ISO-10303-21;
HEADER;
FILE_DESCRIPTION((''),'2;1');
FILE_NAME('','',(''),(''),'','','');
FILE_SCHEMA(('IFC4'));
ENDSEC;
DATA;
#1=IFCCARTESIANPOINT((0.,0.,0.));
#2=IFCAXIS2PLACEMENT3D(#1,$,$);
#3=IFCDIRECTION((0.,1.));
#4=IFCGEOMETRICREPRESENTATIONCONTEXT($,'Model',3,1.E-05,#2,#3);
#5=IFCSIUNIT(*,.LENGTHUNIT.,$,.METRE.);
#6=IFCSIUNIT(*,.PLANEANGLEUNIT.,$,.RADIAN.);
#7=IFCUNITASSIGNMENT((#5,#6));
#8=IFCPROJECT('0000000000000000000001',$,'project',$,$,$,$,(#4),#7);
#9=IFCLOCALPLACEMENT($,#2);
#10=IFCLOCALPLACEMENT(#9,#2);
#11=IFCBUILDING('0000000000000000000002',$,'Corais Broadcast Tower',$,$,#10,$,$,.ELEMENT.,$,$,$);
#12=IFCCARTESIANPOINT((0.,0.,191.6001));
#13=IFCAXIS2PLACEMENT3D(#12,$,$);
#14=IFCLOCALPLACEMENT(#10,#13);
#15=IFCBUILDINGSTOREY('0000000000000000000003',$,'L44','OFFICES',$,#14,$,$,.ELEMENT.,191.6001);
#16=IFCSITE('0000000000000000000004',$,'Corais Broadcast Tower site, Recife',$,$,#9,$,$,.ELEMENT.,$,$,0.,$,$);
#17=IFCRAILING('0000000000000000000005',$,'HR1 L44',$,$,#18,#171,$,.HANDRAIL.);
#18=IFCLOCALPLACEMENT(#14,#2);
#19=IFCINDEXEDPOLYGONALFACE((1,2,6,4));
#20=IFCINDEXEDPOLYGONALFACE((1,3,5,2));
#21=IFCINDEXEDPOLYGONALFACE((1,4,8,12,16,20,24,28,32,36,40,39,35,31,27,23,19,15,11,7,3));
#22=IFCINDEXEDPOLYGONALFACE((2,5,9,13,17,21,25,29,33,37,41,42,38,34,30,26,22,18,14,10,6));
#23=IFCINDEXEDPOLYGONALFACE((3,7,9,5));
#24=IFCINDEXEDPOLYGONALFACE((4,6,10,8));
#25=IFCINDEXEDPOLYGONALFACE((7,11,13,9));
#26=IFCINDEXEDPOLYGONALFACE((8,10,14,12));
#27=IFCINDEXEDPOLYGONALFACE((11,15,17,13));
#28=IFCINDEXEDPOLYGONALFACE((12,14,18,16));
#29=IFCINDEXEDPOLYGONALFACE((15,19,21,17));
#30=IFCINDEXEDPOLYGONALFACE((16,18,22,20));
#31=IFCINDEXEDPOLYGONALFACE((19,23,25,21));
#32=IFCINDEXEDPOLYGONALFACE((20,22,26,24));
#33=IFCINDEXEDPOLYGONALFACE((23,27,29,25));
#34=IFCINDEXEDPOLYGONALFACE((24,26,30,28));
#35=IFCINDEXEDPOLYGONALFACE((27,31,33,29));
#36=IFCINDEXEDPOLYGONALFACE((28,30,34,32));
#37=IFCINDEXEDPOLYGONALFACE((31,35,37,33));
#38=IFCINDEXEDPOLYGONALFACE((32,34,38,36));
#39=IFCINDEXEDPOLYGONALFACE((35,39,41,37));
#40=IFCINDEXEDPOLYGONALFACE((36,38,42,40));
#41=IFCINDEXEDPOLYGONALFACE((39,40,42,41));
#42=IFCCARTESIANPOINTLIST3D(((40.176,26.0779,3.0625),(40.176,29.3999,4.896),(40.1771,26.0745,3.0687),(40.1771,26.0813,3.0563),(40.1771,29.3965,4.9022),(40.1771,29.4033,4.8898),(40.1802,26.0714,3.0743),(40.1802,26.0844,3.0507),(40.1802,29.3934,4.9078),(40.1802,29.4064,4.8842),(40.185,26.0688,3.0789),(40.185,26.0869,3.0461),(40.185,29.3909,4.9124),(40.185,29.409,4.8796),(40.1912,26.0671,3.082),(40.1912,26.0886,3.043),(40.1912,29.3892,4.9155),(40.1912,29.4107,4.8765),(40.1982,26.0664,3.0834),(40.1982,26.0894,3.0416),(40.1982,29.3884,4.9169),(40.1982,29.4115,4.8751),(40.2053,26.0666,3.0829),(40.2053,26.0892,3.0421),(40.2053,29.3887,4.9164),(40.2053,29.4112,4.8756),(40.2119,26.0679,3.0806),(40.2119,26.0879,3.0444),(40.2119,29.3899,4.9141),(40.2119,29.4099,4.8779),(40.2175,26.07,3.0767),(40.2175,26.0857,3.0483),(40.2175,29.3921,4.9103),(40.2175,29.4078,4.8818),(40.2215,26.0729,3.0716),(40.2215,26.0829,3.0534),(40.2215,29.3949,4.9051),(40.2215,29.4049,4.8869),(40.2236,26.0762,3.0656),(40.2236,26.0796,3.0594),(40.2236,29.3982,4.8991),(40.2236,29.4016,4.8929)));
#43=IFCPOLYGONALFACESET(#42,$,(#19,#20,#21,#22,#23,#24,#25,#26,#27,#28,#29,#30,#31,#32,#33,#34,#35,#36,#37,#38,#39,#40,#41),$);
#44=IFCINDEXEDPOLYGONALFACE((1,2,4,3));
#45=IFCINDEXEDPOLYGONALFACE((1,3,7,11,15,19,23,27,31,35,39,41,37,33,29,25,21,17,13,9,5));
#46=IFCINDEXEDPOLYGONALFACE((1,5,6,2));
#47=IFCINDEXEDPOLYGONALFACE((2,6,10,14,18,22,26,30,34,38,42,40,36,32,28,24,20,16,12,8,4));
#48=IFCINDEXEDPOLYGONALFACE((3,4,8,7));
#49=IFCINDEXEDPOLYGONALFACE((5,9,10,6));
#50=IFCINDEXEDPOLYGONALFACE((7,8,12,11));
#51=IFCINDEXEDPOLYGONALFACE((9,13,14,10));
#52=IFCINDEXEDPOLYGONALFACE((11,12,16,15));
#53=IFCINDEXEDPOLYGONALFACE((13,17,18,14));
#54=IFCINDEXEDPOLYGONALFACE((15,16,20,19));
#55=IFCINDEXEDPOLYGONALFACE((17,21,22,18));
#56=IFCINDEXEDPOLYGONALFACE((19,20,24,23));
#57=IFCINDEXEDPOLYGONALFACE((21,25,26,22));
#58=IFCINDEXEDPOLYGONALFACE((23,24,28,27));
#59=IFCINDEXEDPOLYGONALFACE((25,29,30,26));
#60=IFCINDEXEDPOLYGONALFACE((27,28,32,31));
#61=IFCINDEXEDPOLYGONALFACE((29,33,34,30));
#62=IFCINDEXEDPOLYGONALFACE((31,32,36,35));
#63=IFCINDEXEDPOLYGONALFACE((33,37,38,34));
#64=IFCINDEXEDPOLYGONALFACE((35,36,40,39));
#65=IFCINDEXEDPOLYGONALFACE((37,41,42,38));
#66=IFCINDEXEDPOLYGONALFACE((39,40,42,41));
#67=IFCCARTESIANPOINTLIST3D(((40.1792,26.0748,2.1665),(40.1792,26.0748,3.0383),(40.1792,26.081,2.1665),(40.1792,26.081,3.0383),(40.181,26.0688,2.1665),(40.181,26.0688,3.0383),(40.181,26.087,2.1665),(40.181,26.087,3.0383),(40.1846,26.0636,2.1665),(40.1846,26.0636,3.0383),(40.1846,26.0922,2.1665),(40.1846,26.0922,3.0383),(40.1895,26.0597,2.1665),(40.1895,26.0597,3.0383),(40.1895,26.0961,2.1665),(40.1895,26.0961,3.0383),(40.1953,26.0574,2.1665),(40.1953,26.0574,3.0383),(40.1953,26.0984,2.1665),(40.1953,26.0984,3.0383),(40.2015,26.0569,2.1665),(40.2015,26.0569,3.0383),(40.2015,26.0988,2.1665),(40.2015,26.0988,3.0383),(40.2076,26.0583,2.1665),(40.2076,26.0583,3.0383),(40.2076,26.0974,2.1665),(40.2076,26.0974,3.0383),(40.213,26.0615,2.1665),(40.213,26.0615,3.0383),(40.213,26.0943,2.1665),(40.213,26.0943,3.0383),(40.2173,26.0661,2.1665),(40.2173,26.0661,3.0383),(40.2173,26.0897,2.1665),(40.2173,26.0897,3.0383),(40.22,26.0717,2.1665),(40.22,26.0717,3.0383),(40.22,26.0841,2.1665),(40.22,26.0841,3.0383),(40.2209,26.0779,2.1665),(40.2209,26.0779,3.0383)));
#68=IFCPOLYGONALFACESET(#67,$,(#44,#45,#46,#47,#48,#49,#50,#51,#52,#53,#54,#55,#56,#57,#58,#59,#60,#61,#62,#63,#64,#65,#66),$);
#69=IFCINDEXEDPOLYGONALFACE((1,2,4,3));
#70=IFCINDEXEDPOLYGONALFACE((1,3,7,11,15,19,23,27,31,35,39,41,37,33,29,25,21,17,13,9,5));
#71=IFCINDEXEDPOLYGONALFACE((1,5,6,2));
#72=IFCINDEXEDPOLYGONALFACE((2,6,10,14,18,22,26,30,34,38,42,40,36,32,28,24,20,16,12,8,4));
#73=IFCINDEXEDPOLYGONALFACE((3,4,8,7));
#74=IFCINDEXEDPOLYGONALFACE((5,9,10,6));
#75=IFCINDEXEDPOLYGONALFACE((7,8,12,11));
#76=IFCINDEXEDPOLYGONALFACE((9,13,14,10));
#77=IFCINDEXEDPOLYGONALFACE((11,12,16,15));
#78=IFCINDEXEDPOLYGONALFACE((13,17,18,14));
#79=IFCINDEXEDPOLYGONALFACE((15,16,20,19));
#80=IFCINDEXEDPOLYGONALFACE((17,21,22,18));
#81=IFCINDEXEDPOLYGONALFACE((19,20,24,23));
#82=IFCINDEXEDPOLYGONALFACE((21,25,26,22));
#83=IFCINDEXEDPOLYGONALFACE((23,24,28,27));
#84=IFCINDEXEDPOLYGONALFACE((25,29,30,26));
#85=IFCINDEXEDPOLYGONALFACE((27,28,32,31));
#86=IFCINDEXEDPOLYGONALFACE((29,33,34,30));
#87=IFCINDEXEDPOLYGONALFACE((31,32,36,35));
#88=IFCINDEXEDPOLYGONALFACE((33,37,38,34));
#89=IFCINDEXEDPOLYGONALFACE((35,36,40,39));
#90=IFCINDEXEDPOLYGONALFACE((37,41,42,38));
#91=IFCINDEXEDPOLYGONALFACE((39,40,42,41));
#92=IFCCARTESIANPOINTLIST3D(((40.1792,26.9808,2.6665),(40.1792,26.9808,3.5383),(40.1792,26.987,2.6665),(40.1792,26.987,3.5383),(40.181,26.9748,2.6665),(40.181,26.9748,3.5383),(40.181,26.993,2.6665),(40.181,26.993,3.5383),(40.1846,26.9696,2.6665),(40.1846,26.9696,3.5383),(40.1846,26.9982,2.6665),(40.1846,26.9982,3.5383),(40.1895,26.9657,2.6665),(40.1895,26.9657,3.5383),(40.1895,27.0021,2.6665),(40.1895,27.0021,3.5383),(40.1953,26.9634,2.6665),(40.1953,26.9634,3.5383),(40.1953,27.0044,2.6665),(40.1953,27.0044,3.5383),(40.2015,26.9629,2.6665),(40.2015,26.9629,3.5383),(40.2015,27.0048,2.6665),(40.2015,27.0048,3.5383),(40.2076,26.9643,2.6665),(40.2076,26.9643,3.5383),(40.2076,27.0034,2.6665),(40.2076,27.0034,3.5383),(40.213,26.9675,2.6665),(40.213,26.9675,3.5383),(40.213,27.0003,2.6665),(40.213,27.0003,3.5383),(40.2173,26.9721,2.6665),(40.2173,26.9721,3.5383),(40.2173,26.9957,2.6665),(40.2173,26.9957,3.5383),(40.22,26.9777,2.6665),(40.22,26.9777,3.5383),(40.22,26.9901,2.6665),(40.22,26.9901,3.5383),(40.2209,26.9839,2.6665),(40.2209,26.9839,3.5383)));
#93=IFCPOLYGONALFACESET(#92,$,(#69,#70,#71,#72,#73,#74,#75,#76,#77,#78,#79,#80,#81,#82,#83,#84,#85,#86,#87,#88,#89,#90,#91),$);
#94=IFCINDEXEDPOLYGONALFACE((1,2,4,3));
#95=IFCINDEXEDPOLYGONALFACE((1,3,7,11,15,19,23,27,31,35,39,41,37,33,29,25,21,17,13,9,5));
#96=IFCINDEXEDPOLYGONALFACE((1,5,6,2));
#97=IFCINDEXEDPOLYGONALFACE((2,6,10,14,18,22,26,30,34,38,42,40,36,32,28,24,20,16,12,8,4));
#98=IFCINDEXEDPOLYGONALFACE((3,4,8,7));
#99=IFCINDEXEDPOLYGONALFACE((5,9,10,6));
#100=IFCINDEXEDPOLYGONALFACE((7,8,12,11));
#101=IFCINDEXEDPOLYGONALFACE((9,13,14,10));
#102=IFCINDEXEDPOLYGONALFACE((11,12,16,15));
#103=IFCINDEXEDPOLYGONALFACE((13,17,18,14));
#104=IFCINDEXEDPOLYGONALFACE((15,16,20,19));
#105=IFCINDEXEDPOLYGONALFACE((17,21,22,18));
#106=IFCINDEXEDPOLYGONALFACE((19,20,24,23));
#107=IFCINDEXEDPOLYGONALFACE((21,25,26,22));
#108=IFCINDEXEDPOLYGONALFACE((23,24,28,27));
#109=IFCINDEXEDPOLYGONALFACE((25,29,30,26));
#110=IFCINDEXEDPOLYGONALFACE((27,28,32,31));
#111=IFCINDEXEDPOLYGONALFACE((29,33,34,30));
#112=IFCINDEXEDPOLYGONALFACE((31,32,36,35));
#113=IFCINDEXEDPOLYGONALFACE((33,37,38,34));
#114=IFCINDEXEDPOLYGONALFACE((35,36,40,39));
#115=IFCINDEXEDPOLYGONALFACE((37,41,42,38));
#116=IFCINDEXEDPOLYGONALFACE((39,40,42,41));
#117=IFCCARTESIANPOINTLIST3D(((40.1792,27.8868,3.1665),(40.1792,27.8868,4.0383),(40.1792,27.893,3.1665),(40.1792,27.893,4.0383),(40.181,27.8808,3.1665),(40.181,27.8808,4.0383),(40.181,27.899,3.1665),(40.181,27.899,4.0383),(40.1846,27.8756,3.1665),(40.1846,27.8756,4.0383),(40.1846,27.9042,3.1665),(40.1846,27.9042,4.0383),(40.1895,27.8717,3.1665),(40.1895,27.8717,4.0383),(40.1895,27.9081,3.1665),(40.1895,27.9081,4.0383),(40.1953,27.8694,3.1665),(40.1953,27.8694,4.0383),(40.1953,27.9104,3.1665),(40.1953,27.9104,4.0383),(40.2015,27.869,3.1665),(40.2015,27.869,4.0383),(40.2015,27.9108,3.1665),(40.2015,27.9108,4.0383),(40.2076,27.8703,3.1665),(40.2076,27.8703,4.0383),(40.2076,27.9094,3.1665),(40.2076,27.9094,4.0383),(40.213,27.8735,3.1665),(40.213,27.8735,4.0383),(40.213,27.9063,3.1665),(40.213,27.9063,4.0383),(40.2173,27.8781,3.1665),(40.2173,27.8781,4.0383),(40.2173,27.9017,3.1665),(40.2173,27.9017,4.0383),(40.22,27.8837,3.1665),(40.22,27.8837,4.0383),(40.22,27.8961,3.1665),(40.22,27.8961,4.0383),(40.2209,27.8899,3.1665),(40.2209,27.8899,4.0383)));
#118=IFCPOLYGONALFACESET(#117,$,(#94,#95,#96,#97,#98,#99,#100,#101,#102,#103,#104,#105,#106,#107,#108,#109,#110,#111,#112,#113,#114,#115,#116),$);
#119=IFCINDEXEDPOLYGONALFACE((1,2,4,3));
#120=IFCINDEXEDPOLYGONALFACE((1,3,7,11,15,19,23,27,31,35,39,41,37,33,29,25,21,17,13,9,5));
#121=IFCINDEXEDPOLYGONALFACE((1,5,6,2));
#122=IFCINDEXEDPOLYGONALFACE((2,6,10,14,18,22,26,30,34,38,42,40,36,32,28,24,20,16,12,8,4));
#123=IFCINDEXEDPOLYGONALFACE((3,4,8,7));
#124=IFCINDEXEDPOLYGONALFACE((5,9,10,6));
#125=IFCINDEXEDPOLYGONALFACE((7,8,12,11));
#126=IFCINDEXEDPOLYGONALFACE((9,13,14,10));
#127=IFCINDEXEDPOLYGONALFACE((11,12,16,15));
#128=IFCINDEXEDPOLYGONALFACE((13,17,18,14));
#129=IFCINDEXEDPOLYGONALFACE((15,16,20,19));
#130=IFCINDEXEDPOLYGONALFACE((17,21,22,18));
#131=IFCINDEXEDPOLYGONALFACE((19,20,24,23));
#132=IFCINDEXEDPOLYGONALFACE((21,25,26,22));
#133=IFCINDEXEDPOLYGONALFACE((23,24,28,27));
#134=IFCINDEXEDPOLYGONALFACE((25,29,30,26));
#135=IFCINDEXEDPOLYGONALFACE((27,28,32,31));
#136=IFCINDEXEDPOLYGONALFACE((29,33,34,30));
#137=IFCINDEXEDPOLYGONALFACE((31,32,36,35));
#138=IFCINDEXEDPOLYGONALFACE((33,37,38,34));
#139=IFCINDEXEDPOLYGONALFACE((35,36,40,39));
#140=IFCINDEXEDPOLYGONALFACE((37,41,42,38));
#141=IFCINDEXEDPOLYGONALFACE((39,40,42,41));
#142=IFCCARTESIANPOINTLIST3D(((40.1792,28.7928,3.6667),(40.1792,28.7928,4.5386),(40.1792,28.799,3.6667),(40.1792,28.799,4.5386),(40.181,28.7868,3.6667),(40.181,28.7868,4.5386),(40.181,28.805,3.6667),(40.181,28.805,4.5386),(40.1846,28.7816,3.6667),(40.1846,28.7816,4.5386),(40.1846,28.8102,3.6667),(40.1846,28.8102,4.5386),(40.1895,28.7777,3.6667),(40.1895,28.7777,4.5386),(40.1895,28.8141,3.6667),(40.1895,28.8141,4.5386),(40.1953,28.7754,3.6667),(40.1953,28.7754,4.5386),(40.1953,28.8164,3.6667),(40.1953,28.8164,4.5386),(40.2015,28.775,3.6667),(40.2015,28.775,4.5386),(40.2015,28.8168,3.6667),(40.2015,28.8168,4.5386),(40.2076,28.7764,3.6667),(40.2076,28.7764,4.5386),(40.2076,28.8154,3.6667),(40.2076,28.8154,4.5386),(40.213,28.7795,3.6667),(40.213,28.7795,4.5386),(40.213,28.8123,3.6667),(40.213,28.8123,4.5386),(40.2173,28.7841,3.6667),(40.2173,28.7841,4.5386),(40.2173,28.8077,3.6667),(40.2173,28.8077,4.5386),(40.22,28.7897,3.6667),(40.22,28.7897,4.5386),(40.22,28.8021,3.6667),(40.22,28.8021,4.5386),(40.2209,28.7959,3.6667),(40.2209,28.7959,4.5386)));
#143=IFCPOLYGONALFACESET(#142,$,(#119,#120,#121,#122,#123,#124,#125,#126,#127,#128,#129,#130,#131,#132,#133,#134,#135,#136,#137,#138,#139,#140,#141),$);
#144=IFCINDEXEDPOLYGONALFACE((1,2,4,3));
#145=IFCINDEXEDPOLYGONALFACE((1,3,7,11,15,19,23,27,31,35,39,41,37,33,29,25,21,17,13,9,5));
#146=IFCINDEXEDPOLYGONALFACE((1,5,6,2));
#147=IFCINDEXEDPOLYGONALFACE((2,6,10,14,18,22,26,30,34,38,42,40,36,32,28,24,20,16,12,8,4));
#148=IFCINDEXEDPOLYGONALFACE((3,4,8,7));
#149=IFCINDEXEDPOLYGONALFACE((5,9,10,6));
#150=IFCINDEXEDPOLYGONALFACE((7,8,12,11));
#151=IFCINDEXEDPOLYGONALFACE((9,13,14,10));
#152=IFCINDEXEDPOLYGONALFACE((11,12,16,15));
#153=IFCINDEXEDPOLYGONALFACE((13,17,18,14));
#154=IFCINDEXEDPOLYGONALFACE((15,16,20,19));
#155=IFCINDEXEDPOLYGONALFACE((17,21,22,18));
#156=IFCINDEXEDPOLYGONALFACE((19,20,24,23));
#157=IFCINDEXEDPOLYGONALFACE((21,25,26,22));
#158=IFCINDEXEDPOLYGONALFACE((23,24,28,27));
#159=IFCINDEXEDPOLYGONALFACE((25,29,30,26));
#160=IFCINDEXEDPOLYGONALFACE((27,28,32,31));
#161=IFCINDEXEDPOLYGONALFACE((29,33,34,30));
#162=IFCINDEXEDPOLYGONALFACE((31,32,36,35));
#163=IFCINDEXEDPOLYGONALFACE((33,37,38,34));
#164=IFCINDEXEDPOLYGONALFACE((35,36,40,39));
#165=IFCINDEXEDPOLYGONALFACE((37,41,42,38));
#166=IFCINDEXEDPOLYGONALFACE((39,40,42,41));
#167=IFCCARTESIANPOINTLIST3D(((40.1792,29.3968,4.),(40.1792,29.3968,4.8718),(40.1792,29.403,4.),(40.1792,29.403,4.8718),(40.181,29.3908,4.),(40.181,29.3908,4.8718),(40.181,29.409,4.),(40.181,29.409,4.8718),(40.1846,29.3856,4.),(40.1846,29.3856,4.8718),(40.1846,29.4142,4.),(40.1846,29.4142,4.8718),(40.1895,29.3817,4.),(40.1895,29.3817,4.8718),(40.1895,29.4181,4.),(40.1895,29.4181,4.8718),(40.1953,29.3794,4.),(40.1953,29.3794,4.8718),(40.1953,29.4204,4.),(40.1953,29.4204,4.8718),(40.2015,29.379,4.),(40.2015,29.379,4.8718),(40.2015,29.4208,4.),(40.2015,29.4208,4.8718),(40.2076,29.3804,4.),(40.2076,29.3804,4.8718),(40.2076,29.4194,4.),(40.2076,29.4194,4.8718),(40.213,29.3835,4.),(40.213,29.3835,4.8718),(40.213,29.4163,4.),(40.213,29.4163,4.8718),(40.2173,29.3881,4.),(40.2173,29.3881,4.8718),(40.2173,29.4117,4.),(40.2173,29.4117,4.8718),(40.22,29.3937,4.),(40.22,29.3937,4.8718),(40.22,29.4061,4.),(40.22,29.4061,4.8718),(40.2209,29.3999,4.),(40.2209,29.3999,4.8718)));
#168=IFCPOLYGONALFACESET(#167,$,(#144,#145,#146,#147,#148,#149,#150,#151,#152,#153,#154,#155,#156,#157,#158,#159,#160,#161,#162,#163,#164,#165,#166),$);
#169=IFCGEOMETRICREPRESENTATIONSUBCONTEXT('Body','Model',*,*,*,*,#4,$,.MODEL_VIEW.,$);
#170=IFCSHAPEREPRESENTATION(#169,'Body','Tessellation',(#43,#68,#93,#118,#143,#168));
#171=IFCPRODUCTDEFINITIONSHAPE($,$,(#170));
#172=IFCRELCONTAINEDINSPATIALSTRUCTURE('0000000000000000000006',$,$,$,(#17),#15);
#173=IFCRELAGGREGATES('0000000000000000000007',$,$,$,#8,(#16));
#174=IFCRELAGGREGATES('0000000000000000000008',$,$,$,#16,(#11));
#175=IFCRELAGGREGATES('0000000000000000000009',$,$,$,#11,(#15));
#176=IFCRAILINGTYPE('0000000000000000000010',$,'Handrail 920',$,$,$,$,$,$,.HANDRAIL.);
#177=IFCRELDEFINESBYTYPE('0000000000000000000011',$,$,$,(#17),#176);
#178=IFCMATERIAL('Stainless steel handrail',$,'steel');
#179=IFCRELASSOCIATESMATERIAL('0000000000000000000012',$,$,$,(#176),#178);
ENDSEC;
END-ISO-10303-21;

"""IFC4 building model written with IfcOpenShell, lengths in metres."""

from ifc_helpers import new_model, si_unit, direction, frame, origin, origin_2d, place, context, subcontext, project, spatial, circle, extrude, material, type_object, element, save


model = new_model("IFC4")

# Units and contexts
model_context = context("Model", 3, precision=1e-05, world=origin(), true_north=direction((0.0, 1.0)))
body_context = subcontext(model_context, "Body", "Model", "MODEL_VIEW")
ifc_project = project(units=[si_unit("LENGTHUNIT", "METRE"), si_unit("PLANEANGLEUNIT", "RADIAN")], contexts=[model_context])

# Site, building, storey
site_placement = place(None, origin())
site = spatial("IfcSite", under=ifc_project, at=site_placement, Name="Corais Broadcast Tower site, Recife", CompositionType="ELEMENT", RefElevation=0.0)
building_placement = place(site_placement, origin())
building = spatial("IfcBuilding", under=site, at=building_placement, Name="Corais Broadcast Tower", CompositionType="ELEMENT")
storey_placement = place(building_placement, frame((0.0, 0.0, 191.6001)))
storey = spatial("IfcBuildingStorey", under=building, at=storey_placement, Name="L44", Description="OFFICES", CompositionType="ELEMENT", Elevation=191.6001)

# Railing
ifc_material_1 = material(Name="Stainless steel handrail", Category="steel")
railing_type = type_object("IfcRailingType", Name="Handrail 920", PredefinedType="HANDRAIL", material=ifc_material_1)
for number, where, name in (
    (1, (40.2, 26.0779, 2.1665), "HR1 L44"),
):
    element("IfcRailing", number, at=place(storey_placement, frame(where)), inside=storey, type_object=railing_type, Name=name, PredefinedType="HANDRAIL", context=body_context, shape_type="SweptSolid", body=[
        extrude(circle(Radius=0.0239, at=origin_2d()), frame((0.0, 0.0, 0.896), z_axis=(0.0, 0.875504, 0.48321), x_axis=(-1.0, 0.0, 0.0)), (0.0, 0.0, 1.0), 3.7944),
        extrude(circle(Radius=0.021, at=origin_2d()), origin(), (0.0, 0.0, 1.0), 0.8718),
        extrude(circle(Radius=0.021, at=origin_2d()), frame((0.0, 0.906, 0.5)), (0.0, 0.0, 1.0), 0.8718),
        extrude(circle(Radius=0.021, at=origin_2d()), frame((0.0, 1.812, 1.0)), (0.0, 0.0, 1.0), 0.8718),
        extrude(circle(Radius=0.021, at=origin_2d()), frame((0.0, 2.718, 1.5002)), (0.0, 0.0, 1.0), 0.8718),
        extrude(circle(Radius=0.021, at=origin_2d()), frame((0.0, 3.322, 1.8335)), (0.0, 0.0, 1.0), 0.8718),
    ])

save(model, "model.ifc")
